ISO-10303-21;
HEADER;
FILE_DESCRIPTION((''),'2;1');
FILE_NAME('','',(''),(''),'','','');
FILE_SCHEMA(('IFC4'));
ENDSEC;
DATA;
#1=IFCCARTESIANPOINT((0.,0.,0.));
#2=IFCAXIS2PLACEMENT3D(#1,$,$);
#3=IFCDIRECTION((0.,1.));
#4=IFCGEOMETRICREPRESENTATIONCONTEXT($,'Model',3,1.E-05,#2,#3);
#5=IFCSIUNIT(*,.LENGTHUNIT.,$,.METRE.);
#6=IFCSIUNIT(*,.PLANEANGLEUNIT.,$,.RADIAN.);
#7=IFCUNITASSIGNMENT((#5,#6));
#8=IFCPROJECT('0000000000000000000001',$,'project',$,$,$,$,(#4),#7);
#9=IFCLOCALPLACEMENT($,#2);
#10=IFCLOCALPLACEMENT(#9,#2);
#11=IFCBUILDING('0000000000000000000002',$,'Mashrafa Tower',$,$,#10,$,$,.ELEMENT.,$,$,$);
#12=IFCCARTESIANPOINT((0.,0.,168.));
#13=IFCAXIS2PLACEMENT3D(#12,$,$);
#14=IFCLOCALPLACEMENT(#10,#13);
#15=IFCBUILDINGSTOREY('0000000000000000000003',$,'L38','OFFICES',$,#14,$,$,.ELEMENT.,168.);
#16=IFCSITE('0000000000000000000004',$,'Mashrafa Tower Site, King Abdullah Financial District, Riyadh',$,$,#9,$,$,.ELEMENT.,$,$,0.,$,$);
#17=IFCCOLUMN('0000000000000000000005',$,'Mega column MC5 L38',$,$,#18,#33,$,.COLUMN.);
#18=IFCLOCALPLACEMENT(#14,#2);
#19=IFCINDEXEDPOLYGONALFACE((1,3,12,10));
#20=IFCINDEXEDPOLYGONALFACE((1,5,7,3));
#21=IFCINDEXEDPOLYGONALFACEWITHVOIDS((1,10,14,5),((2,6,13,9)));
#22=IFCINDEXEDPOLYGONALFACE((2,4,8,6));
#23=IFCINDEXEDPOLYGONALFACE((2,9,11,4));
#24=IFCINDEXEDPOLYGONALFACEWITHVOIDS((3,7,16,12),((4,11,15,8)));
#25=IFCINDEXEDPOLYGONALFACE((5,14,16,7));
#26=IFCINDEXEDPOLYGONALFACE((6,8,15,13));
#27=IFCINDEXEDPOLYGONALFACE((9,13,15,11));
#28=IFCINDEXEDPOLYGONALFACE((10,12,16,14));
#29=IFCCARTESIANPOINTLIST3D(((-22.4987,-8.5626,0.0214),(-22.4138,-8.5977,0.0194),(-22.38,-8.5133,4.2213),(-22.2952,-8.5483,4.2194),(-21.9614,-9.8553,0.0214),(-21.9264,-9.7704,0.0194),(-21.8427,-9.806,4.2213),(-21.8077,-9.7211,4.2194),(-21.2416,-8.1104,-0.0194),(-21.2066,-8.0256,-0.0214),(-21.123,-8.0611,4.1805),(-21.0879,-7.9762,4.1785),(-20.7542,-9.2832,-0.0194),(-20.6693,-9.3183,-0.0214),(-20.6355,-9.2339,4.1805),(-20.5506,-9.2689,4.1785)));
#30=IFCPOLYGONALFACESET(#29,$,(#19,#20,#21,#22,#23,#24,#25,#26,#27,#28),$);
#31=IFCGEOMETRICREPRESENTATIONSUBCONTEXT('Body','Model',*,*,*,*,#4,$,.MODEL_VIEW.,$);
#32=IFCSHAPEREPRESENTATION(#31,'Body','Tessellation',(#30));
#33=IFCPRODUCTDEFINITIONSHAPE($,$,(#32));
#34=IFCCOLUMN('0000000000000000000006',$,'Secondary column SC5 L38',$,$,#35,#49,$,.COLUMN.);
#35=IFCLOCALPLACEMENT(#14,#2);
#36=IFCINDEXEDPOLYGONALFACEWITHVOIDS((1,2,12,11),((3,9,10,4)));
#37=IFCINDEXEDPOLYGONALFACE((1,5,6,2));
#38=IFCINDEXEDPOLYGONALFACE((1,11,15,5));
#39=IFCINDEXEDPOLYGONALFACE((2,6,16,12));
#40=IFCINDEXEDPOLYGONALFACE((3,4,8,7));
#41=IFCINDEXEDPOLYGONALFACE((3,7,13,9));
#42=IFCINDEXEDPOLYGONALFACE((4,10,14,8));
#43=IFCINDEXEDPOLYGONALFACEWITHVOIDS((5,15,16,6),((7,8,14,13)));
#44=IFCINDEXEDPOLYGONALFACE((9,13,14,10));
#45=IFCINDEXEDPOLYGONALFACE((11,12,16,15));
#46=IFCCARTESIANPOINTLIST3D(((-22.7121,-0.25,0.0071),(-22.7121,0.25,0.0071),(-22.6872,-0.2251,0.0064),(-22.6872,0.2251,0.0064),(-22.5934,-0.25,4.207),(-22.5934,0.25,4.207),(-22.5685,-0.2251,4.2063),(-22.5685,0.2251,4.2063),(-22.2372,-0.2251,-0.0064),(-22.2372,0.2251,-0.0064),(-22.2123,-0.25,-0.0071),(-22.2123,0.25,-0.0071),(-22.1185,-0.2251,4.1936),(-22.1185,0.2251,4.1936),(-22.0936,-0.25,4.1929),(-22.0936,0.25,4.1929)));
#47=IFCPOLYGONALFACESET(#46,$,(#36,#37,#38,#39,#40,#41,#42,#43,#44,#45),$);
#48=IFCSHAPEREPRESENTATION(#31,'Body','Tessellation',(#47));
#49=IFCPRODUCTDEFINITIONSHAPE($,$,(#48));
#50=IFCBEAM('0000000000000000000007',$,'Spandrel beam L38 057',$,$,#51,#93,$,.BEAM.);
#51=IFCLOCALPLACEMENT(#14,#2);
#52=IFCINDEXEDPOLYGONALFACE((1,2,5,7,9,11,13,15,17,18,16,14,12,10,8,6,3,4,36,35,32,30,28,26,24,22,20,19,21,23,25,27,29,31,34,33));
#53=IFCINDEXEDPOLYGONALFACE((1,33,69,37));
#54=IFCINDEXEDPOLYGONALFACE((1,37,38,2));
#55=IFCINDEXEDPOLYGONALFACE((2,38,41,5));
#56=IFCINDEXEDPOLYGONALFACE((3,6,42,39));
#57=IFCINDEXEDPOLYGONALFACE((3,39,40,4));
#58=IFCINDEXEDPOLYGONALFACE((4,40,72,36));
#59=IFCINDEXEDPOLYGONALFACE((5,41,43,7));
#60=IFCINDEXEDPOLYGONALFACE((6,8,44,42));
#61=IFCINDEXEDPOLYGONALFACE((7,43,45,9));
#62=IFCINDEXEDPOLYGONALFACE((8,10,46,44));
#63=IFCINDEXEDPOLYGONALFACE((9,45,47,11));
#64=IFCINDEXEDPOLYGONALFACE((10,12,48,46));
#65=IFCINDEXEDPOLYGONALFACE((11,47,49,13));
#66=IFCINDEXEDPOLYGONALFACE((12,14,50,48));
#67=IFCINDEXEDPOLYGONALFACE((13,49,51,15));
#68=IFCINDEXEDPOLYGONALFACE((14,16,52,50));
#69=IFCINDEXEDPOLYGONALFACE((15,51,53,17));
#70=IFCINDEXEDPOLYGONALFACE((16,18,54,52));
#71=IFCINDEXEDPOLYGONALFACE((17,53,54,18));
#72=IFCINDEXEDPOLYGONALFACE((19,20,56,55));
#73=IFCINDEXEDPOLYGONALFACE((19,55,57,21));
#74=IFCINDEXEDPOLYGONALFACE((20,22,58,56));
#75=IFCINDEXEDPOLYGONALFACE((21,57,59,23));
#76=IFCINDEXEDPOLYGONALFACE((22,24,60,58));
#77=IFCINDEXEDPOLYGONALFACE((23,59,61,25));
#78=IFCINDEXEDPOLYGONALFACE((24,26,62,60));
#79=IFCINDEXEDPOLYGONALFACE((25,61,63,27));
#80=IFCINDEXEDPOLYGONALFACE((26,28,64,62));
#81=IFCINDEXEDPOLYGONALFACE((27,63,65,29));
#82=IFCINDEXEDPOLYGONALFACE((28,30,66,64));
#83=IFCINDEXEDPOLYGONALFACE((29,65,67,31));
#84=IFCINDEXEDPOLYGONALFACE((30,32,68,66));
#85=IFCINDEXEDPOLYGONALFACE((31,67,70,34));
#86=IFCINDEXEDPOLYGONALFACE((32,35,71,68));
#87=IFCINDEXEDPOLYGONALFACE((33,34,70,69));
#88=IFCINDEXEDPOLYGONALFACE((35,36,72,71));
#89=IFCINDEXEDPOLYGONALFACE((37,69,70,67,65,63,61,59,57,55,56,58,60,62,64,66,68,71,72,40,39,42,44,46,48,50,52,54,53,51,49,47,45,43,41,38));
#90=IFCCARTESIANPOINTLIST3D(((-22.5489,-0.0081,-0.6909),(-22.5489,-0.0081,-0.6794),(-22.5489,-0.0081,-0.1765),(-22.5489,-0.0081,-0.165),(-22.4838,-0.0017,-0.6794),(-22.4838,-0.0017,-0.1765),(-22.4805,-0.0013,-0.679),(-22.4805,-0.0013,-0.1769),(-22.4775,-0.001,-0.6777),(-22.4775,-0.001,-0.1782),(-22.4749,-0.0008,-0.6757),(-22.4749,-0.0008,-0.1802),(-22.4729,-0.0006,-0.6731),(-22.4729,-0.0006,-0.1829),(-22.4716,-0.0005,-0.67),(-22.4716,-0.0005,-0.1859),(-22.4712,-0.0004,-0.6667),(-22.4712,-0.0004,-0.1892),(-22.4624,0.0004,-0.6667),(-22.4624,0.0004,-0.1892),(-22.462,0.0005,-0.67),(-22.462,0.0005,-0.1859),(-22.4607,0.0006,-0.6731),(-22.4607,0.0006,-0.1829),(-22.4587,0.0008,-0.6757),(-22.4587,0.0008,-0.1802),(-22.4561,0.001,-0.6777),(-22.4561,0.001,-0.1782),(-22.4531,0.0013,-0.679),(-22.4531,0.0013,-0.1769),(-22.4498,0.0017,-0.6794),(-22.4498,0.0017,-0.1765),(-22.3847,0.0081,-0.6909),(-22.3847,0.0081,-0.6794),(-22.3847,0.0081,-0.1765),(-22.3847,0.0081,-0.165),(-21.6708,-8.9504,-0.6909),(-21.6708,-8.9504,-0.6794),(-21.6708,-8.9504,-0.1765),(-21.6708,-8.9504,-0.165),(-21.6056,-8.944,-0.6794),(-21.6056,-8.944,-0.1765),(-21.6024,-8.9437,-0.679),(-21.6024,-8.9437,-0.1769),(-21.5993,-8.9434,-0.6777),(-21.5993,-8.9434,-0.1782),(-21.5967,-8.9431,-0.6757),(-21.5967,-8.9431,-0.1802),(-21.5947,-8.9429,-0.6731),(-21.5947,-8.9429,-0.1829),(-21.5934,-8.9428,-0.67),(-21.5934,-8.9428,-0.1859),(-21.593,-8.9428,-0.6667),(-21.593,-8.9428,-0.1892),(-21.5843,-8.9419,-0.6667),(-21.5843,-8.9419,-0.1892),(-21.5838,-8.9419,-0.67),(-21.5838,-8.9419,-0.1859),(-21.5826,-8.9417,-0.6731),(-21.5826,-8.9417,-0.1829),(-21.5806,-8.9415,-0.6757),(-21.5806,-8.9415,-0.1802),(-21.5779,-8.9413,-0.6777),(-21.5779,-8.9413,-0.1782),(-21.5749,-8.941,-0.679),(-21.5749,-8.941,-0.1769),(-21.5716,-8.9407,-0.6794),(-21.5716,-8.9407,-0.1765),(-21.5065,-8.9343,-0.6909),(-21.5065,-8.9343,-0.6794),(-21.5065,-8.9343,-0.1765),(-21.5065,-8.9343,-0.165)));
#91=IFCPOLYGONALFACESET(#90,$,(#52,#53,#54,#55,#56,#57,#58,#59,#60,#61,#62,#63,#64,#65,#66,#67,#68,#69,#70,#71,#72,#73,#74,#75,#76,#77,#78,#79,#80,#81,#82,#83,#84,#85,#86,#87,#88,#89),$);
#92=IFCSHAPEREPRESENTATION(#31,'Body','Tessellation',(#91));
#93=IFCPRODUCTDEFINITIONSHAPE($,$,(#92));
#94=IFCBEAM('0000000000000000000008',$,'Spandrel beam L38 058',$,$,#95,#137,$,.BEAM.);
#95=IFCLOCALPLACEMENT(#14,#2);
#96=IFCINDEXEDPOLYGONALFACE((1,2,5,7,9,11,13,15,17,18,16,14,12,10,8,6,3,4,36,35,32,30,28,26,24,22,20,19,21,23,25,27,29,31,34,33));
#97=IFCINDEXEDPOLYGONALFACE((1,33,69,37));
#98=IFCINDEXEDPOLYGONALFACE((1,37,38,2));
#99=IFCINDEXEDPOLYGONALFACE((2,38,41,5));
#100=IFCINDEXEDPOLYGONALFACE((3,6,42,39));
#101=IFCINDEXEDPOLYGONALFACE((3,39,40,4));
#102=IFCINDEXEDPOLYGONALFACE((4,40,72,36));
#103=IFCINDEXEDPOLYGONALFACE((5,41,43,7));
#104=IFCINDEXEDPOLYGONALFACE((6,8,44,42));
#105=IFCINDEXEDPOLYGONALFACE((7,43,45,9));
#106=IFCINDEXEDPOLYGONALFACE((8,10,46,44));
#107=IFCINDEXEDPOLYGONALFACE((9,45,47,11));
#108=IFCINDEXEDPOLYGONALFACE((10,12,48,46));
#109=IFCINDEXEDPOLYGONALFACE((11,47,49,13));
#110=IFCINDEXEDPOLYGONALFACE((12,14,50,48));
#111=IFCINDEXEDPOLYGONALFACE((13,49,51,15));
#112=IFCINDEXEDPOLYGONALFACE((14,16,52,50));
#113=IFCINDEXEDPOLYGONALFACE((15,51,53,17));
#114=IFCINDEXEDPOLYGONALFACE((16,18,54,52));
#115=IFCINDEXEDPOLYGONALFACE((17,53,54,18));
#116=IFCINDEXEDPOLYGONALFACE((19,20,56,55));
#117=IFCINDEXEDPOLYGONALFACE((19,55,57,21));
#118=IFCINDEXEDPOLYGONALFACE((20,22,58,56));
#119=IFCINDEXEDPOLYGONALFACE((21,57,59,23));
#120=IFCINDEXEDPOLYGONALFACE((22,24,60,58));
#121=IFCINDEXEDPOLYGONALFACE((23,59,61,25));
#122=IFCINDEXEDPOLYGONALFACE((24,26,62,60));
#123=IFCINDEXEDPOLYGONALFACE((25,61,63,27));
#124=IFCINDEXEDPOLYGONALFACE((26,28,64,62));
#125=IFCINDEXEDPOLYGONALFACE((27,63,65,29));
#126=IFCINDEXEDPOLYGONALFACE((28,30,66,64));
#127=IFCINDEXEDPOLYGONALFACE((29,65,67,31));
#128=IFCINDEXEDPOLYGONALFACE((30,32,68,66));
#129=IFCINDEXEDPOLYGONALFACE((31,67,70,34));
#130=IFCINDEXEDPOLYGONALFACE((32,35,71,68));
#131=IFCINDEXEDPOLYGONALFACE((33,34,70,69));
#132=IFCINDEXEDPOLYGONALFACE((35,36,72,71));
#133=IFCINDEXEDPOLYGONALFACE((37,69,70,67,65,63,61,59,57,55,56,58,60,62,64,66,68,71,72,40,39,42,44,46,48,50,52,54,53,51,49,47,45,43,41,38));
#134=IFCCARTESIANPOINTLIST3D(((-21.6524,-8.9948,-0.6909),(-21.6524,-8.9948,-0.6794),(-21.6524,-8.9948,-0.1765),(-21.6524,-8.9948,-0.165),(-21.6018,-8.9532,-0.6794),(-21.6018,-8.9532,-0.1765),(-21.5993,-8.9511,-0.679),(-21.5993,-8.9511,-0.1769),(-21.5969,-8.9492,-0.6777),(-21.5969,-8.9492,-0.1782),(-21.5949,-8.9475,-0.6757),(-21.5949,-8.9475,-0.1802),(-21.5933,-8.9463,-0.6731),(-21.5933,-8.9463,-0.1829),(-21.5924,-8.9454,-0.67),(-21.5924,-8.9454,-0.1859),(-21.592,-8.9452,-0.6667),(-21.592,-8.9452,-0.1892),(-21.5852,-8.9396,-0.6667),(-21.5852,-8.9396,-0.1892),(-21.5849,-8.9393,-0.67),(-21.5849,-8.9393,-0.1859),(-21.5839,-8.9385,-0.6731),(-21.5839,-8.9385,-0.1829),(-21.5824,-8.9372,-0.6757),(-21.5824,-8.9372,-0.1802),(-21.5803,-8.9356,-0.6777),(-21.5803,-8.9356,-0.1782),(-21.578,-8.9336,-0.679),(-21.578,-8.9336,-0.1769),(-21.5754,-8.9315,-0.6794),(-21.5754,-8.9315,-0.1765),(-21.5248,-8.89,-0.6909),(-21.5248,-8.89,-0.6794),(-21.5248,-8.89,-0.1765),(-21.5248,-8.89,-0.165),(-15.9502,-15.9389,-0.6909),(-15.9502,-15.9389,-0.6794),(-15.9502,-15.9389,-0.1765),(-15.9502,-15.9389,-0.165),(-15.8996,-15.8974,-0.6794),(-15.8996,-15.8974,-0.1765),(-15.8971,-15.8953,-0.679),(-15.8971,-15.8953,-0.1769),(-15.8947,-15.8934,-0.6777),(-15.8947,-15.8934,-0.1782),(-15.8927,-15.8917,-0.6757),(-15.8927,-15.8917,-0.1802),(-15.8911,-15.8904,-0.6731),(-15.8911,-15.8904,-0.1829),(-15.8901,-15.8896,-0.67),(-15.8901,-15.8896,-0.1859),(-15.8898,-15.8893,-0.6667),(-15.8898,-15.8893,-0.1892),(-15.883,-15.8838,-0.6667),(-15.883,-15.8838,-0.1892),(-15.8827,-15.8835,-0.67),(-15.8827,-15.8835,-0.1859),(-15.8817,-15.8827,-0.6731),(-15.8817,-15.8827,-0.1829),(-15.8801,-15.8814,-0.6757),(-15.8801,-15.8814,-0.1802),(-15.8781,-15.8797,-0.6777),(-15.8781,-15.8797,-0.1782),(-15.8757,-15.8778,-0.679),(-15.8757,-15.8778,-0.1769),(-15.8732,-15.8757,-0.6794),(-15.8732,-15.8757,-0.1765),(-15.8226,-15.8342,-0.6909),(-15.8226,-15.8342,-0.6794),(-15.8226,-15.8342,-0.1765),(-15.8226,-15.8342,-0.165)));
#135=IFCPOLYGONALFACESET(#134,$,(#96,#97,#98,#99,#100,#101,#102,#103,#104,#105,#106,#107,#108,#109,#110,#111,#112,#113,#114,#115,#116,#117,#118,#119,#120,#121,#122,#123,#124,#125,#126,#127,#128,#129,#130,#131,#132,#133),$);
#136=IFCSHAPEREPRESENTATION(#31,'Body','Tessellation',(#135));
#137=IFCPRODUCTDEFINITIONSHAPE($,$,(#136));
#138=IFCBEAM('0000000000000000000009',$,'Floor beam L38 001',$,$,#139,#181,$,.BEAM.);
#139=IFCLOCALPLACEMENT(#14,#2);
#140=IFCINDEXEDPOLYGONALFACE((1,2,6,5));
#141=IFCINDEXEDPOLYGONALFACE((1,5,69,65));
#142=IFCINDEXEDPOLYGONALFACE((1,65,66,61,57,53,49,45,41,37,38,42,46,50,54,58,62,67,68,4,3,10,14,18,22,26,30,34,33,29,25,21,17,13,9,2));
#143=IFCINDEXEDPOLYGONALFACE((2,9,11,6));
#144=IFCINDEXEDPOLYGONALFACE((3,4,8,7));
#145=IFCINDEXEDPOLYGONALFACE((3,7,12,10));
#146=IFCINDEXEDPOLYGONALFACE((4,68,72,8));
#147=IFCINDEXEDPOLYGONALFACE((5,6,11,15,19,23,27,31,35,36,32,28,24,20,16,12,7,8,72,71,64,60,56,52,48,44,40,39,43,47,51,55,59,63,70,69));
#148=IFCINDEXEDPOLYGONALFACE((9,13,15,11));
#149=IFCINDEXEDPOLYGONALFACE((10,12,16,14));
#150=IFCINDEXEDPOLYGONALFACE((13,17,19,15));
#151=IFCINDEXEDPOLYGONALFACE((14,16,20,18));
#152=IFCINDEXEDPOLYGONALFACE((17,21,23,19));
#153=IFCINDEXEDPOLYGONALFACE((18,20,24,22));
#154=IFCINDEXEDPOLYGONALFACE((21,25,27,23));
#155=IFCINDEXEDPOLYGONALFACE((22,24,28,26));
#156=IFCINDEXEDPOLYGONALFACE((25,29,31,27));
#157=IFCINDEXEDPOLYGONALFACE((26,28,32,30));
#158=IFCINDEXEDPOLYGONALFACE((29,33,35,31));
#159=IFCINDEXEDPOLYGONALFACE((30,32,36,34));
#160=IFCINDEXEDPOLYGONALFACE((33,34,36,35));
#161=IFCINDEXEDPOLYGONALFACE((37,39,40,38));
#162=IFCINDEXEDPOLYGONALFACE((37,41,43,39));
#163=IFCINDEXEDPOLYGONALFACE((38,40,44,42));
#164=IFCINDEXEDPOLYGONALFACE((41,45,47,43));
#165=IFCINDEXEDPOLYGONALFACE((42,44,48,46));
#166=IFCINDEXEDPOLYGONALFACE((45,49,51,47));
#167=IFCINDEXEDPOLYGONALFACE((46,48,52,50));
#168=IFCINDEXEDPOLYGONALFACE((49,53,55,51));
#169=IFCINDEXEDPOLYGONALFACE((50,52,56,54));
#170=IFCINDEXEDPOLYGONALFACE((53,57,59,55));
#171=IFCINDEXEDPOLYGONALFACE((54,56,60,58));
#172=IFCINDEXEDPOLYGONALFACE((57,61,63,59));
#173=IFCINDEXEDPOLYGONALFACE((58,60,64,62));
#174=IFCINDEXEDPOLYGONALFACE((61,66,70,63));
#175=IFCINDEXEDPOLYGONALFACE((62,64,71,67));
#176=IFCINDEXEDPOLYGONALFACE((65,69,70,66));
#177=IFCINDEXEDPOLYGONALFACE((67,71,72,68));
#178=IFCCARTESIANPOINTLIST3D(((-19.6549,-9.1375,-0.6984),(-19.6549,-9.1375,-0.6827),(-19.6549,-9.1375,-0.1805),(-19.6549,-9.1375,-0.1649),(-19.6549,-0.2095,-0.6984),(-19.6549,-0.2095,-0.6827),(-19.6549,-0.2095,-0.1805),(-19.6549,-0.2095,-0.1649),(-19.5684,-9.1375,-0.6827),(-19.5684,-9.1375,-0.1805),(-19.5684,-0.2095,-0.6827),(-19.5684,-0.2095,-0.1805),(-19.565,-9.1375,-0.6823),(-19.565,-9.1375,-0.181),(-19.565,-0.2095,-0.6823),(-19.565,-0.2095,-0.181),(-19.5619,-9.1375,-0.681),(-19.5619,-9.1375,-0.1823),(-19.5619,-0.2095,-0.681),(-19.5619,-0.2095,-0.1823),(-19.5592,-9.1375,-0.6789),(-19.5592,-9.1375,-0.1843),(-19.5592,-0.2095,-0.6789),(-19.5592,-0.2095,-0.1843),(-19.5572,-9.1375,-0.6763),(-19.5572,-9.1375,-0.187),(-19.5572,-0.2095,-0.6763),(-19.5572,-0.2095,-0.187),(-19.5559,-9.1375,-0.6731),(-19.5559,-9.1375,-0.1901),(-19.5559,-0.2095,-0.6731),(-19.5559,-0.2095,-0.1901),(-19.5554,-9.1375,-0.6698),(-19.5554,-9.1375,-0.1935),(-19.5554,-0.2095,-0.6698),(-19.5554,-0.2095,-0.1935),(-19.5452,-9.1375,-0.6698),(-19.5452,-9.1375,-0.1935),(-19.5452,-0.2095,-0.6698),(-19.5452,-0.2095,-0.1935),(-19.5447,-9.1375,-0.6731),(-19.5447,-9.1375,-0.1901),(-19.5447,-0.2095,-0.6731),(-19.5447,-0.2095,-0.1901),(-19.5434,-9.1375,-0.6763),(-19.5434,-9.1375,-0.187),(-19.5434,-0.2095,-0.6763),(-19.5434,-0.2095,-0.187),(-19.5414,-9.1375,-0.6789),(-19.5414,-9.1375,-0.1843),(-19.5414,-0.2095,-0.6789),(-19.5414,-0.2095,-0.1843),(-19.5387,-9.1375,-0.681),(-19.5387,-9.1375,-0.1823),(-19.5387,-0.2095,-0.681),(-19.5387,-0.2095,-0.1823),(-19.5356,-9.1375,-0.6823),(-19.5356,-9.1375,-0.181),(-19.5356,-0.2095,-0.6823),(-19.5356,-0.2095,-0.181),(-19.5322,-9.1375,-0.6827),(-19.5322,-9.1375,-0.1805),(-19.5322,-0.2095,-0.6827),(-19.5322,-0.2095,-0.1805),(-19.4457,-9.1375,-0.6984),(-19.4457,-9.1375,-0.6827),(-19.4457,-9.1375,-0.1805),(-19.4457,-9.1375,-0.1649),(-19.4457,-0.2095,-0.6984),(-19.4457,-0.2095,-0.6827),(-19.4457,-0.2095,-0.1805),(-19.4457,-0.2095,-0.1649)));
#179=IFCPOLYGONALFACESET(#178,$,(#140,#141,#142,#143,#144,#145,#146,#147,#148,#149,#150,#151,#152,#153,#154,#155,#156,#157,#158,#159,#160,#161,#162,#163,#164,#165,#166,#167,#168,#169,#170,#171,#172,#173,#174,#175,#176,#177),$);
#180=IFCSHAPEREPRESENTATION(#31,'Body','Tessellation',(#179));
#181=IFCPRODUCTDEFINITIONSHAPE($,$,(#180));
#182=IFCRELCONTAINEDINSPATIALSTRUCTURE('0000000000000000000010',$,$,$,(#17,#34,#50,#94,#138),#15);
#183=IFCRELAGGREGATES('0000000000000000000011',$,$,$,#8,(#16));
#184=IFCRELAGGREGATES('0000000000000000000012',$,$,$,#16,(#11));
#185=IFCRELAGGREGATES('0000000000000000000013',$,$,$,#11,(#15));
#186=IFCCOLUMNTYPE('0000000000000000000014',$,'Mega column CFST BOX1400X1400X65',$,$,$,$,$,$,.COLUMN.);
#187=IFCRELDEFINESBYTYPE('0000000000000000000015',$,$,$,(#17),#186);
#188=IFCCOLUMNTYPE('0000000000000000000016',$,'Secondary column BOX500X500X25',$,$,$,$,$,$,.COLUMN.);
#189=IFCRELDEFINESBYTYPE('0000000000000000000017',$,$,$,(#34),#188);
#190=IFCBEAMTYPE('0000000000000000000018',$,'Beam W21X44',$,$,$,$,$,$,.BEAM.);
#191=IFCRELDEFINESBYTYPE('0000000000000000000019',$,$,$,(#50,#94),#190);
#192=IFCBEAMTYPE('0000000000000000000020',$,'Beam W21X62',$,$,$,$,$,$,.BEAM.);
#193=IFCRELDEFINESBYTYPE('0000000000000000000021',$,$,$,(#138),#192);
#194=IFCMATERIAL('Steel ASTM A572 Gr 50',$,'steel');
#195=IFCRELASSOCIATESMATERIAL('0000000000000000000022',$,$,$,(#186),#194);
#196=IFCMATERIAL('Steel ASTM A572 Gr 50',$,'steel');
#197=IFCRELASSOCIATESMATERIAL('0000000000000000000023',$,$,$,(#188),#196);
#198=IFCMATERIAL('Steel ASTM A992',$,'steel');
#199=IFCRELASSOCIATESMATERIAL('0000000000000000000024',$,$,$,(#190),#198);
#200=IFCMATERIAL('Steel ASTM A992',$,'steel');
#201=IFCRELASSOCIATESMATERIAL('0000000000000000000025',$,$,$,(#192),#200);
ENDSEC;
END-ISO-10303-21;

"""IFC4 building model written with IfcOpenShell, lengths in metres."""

from ifc_helpers import new_model, si_unit, direction, frame, origin, origin_2d, place, context, subcontext, project, spatial, hollow_rectangle, i_section, extrude, material, material_profile, profile_set, type_object, element, save


model = new_model("IFC4")

# Units and contexts
model_context = context("Model", 3, precision=1e-05, world=origin(), true_north=direction((0.0, 1.0)))
body_context = subcontext(model_context, "Body", "Model", "MODEL_VIEW")
ifc_project = project(units=[si_unit("LENGTHUNIT", "METRE"), si_unit("PLANEANGLEUNIT", "RADIAN")], contexts=[model_context])

# Site, building, storey
site_placement = place(None, origin())
site = spatial("IfcSite", under=ifc_project, at=site_placement, Name="Mashrafa Tower Site, King Abdullah Financial District, Riyadh", CompositionType="ELEMENT", RefElevation=0.0)
building_placement = place(site_placement, origin())
building = spatial("IfcBuilding", under=site, at=building_placement, Name="Mashrafa Tower", CompositionType="ELEMENT")
storey_placement = place(building_placement, frame((0.0, 0.0, 168.0)))
storey = spatial("IfcBuildingStorey", under=building, at=storey_placement, Name="L38", Description="OFFICES", CompositionType="ELEMENT", Elevation=168.0)

# Columns
ifc_material_1 = material(Name="Steel ASTM A572 Gr 50", Category="steel")
ifc_material_profile_1 = material_profile(ifc_material_1, hollow_rectangle(XDim=1.3999, YDim=1.3999, WallThickness=0.0649, at=origin_2d()), Name="BOX1400X1400X65")
ifc_profile_set_1 = profile_set([ifc_material_profile_1], Name="Steel ASTM A572 Gr 50")
column_type_1 = type_object("IfcColumnType", Name="Mega column CFST BOX1400X1400X65", PredefinedType="COLUMN", material=ifc_profile_set_1)
column_1_placement = place(storey_placement, frame((-21.584, -8.9404, 0.0), z_axis=(0.028238, 0.011737, 0.999532), x_axis=(-0.383806, 0.923414, 0.0)))
element("IfcColumn", 1, at=column_1_placement, inside=storey, type_object=column_type_1, Name="Mega column MC5 L38", PredefinedType="COLUMN", context=body_context, shape_type="SweptSolid", body=[
    extrude(hollow_rectangle(XDim=1.3999, YDim=1.3999, WallThickness=0.0649, at=origin_2d()), origin(), (0.0, 0.0, 1.0), 4.2019),
])
ifc_material_2 = material(Name="Steel ASTM A572 Gr 50", Category="steel")
ifc_material_profile_2 = material_profile(ifc_material_2, hollow_rectangle(XDim=0.5, YDim=0.5, WallThickness=0.0249, at=origin_2d()), Name="BOX500X500X25")
ifc_profile_set_2 = profile_set([ifc_material_profile_2], Name="Steel ASTM A572 Gr 50")
column_type_2 = type_object("IfcColumnType", Name="Secondary column BOX500X500X25", PredefinedType="COLUMN", material=ifc_profile_set_2)
column_2_placement = place(storey_placement, frame((-22.4622, 0.0, 0.0), z_axis=(0.02824, 0.0, 0.999601), x_axis=(0.0, 1.0, 0.0)))
element("IfcColumn", 2, at=column_2_placement, inside=storey, type_object=column_type_2, Name="Secondary column SC5 L38", PredefinedType="COLUMN", context=body_context, shape_type="SweptSolid", body=[
    extrude(hollow_rectangle(XDim=0.5, YDim=0.5, WallThickness=0.0249, at=origin_2d()), origin(), (0.0, 0.0, 1.0), 4.2017),
])

# Beams
ifc_material_3 = material(Name="Steel ASTM A992", Category="steel")
ifc_material_profile_3 = material_profile(ifc_material_3, i_section(OverallWidth=0.165, OverallDepth=0.5259, WebThickness=0.0088, FlangeThickness=0.0115, FilletRadius=0.0127, at=origin_2d()), Name="W21X44")
ifc_profile_set_3 = profile_set([ifc_material_profile_3], Name="Steel ASTM A992")
beam_type_1 = type_object("IfcBeamType", Name="Beam W21X44", PredefinedType="BEAM", material=ifc_profile_set_3)
for number, where, z_axis, x_axis, name in (
    (3, (-22.4668, 0.0, -0.428), (0.097733, -0.995213, 0.0), (0.995213, 0.097733, 0.0), "Spandrel beam L38 057"),
    (4, (-21.5886, -8.9424, -0.428), (0.634611, -0.772831, 0.0), (0.772831, 0.634611, 0.0), "Spandrel beam L38 058"),
):
    element("IfcBeam", number, at=place(storey_placement, frame(where, z_axis=z_axis, x_axis=x_axis)), inside=storey, type_object=beam_type_1, Name=name, PredefinedType="BEAM", context=body_context, shape_type="SweptSolid", body=[
        extrude(i_section(OverallWidth=0.165, OverallDepth=0.5259, WebThickness=0.0088, FlangeThickness=0.0115, FilletRadius=0.0127, at=origin_2d()), origin(), (0.0, 0.0, 1.0), 8.9854),
    ])
ifc_material_4 = material(Name="Steel ASTM A992", Category="steel")
ifc_material_profile_4 = material_profile(ifc_material_4, i_section(OverallWidth=0.2092, OverallDepth=0.5334, WebThickness=0.0103, FlangeThickness=0.0156, FilletRadius=0.0129, at=origin_2d()), Name="W21X62")
ifc_profile_set_4 = profile_set([ifc_material_profile_4], Name="Steel ASTM A992")
beam_type_2 = type_object("IfcBeamType", Name="Beam W21X62", PredefinedType="BEAM", material=ifc_profile_set_4)
beam_placement = place(storey_placement, frame((-19.5503, -9.1375, -0.4316), z_axis=(0.0, 1.0, 0.0), x_axis=(-1.0, 0.0, 0.0)))
element("IfcBeam", 5, at=beam_placement, inside=storey, type_object=beam_type_2, Name="Floor beam L38 001", PredefinedType="BEAM", context=body_context, shape_type="SweptSolid", body=[
    extrude(i_section(OverallWidth=0.2092, OverallDepth=0.5334, WebThickness=0.0103, FlangeThickness=0.0156, FilletRadius=0.0129, at=origin_2d()), origin(), (0.0, 0.0, 1.0), 8.928),
])

save(model, "model.ifc")
